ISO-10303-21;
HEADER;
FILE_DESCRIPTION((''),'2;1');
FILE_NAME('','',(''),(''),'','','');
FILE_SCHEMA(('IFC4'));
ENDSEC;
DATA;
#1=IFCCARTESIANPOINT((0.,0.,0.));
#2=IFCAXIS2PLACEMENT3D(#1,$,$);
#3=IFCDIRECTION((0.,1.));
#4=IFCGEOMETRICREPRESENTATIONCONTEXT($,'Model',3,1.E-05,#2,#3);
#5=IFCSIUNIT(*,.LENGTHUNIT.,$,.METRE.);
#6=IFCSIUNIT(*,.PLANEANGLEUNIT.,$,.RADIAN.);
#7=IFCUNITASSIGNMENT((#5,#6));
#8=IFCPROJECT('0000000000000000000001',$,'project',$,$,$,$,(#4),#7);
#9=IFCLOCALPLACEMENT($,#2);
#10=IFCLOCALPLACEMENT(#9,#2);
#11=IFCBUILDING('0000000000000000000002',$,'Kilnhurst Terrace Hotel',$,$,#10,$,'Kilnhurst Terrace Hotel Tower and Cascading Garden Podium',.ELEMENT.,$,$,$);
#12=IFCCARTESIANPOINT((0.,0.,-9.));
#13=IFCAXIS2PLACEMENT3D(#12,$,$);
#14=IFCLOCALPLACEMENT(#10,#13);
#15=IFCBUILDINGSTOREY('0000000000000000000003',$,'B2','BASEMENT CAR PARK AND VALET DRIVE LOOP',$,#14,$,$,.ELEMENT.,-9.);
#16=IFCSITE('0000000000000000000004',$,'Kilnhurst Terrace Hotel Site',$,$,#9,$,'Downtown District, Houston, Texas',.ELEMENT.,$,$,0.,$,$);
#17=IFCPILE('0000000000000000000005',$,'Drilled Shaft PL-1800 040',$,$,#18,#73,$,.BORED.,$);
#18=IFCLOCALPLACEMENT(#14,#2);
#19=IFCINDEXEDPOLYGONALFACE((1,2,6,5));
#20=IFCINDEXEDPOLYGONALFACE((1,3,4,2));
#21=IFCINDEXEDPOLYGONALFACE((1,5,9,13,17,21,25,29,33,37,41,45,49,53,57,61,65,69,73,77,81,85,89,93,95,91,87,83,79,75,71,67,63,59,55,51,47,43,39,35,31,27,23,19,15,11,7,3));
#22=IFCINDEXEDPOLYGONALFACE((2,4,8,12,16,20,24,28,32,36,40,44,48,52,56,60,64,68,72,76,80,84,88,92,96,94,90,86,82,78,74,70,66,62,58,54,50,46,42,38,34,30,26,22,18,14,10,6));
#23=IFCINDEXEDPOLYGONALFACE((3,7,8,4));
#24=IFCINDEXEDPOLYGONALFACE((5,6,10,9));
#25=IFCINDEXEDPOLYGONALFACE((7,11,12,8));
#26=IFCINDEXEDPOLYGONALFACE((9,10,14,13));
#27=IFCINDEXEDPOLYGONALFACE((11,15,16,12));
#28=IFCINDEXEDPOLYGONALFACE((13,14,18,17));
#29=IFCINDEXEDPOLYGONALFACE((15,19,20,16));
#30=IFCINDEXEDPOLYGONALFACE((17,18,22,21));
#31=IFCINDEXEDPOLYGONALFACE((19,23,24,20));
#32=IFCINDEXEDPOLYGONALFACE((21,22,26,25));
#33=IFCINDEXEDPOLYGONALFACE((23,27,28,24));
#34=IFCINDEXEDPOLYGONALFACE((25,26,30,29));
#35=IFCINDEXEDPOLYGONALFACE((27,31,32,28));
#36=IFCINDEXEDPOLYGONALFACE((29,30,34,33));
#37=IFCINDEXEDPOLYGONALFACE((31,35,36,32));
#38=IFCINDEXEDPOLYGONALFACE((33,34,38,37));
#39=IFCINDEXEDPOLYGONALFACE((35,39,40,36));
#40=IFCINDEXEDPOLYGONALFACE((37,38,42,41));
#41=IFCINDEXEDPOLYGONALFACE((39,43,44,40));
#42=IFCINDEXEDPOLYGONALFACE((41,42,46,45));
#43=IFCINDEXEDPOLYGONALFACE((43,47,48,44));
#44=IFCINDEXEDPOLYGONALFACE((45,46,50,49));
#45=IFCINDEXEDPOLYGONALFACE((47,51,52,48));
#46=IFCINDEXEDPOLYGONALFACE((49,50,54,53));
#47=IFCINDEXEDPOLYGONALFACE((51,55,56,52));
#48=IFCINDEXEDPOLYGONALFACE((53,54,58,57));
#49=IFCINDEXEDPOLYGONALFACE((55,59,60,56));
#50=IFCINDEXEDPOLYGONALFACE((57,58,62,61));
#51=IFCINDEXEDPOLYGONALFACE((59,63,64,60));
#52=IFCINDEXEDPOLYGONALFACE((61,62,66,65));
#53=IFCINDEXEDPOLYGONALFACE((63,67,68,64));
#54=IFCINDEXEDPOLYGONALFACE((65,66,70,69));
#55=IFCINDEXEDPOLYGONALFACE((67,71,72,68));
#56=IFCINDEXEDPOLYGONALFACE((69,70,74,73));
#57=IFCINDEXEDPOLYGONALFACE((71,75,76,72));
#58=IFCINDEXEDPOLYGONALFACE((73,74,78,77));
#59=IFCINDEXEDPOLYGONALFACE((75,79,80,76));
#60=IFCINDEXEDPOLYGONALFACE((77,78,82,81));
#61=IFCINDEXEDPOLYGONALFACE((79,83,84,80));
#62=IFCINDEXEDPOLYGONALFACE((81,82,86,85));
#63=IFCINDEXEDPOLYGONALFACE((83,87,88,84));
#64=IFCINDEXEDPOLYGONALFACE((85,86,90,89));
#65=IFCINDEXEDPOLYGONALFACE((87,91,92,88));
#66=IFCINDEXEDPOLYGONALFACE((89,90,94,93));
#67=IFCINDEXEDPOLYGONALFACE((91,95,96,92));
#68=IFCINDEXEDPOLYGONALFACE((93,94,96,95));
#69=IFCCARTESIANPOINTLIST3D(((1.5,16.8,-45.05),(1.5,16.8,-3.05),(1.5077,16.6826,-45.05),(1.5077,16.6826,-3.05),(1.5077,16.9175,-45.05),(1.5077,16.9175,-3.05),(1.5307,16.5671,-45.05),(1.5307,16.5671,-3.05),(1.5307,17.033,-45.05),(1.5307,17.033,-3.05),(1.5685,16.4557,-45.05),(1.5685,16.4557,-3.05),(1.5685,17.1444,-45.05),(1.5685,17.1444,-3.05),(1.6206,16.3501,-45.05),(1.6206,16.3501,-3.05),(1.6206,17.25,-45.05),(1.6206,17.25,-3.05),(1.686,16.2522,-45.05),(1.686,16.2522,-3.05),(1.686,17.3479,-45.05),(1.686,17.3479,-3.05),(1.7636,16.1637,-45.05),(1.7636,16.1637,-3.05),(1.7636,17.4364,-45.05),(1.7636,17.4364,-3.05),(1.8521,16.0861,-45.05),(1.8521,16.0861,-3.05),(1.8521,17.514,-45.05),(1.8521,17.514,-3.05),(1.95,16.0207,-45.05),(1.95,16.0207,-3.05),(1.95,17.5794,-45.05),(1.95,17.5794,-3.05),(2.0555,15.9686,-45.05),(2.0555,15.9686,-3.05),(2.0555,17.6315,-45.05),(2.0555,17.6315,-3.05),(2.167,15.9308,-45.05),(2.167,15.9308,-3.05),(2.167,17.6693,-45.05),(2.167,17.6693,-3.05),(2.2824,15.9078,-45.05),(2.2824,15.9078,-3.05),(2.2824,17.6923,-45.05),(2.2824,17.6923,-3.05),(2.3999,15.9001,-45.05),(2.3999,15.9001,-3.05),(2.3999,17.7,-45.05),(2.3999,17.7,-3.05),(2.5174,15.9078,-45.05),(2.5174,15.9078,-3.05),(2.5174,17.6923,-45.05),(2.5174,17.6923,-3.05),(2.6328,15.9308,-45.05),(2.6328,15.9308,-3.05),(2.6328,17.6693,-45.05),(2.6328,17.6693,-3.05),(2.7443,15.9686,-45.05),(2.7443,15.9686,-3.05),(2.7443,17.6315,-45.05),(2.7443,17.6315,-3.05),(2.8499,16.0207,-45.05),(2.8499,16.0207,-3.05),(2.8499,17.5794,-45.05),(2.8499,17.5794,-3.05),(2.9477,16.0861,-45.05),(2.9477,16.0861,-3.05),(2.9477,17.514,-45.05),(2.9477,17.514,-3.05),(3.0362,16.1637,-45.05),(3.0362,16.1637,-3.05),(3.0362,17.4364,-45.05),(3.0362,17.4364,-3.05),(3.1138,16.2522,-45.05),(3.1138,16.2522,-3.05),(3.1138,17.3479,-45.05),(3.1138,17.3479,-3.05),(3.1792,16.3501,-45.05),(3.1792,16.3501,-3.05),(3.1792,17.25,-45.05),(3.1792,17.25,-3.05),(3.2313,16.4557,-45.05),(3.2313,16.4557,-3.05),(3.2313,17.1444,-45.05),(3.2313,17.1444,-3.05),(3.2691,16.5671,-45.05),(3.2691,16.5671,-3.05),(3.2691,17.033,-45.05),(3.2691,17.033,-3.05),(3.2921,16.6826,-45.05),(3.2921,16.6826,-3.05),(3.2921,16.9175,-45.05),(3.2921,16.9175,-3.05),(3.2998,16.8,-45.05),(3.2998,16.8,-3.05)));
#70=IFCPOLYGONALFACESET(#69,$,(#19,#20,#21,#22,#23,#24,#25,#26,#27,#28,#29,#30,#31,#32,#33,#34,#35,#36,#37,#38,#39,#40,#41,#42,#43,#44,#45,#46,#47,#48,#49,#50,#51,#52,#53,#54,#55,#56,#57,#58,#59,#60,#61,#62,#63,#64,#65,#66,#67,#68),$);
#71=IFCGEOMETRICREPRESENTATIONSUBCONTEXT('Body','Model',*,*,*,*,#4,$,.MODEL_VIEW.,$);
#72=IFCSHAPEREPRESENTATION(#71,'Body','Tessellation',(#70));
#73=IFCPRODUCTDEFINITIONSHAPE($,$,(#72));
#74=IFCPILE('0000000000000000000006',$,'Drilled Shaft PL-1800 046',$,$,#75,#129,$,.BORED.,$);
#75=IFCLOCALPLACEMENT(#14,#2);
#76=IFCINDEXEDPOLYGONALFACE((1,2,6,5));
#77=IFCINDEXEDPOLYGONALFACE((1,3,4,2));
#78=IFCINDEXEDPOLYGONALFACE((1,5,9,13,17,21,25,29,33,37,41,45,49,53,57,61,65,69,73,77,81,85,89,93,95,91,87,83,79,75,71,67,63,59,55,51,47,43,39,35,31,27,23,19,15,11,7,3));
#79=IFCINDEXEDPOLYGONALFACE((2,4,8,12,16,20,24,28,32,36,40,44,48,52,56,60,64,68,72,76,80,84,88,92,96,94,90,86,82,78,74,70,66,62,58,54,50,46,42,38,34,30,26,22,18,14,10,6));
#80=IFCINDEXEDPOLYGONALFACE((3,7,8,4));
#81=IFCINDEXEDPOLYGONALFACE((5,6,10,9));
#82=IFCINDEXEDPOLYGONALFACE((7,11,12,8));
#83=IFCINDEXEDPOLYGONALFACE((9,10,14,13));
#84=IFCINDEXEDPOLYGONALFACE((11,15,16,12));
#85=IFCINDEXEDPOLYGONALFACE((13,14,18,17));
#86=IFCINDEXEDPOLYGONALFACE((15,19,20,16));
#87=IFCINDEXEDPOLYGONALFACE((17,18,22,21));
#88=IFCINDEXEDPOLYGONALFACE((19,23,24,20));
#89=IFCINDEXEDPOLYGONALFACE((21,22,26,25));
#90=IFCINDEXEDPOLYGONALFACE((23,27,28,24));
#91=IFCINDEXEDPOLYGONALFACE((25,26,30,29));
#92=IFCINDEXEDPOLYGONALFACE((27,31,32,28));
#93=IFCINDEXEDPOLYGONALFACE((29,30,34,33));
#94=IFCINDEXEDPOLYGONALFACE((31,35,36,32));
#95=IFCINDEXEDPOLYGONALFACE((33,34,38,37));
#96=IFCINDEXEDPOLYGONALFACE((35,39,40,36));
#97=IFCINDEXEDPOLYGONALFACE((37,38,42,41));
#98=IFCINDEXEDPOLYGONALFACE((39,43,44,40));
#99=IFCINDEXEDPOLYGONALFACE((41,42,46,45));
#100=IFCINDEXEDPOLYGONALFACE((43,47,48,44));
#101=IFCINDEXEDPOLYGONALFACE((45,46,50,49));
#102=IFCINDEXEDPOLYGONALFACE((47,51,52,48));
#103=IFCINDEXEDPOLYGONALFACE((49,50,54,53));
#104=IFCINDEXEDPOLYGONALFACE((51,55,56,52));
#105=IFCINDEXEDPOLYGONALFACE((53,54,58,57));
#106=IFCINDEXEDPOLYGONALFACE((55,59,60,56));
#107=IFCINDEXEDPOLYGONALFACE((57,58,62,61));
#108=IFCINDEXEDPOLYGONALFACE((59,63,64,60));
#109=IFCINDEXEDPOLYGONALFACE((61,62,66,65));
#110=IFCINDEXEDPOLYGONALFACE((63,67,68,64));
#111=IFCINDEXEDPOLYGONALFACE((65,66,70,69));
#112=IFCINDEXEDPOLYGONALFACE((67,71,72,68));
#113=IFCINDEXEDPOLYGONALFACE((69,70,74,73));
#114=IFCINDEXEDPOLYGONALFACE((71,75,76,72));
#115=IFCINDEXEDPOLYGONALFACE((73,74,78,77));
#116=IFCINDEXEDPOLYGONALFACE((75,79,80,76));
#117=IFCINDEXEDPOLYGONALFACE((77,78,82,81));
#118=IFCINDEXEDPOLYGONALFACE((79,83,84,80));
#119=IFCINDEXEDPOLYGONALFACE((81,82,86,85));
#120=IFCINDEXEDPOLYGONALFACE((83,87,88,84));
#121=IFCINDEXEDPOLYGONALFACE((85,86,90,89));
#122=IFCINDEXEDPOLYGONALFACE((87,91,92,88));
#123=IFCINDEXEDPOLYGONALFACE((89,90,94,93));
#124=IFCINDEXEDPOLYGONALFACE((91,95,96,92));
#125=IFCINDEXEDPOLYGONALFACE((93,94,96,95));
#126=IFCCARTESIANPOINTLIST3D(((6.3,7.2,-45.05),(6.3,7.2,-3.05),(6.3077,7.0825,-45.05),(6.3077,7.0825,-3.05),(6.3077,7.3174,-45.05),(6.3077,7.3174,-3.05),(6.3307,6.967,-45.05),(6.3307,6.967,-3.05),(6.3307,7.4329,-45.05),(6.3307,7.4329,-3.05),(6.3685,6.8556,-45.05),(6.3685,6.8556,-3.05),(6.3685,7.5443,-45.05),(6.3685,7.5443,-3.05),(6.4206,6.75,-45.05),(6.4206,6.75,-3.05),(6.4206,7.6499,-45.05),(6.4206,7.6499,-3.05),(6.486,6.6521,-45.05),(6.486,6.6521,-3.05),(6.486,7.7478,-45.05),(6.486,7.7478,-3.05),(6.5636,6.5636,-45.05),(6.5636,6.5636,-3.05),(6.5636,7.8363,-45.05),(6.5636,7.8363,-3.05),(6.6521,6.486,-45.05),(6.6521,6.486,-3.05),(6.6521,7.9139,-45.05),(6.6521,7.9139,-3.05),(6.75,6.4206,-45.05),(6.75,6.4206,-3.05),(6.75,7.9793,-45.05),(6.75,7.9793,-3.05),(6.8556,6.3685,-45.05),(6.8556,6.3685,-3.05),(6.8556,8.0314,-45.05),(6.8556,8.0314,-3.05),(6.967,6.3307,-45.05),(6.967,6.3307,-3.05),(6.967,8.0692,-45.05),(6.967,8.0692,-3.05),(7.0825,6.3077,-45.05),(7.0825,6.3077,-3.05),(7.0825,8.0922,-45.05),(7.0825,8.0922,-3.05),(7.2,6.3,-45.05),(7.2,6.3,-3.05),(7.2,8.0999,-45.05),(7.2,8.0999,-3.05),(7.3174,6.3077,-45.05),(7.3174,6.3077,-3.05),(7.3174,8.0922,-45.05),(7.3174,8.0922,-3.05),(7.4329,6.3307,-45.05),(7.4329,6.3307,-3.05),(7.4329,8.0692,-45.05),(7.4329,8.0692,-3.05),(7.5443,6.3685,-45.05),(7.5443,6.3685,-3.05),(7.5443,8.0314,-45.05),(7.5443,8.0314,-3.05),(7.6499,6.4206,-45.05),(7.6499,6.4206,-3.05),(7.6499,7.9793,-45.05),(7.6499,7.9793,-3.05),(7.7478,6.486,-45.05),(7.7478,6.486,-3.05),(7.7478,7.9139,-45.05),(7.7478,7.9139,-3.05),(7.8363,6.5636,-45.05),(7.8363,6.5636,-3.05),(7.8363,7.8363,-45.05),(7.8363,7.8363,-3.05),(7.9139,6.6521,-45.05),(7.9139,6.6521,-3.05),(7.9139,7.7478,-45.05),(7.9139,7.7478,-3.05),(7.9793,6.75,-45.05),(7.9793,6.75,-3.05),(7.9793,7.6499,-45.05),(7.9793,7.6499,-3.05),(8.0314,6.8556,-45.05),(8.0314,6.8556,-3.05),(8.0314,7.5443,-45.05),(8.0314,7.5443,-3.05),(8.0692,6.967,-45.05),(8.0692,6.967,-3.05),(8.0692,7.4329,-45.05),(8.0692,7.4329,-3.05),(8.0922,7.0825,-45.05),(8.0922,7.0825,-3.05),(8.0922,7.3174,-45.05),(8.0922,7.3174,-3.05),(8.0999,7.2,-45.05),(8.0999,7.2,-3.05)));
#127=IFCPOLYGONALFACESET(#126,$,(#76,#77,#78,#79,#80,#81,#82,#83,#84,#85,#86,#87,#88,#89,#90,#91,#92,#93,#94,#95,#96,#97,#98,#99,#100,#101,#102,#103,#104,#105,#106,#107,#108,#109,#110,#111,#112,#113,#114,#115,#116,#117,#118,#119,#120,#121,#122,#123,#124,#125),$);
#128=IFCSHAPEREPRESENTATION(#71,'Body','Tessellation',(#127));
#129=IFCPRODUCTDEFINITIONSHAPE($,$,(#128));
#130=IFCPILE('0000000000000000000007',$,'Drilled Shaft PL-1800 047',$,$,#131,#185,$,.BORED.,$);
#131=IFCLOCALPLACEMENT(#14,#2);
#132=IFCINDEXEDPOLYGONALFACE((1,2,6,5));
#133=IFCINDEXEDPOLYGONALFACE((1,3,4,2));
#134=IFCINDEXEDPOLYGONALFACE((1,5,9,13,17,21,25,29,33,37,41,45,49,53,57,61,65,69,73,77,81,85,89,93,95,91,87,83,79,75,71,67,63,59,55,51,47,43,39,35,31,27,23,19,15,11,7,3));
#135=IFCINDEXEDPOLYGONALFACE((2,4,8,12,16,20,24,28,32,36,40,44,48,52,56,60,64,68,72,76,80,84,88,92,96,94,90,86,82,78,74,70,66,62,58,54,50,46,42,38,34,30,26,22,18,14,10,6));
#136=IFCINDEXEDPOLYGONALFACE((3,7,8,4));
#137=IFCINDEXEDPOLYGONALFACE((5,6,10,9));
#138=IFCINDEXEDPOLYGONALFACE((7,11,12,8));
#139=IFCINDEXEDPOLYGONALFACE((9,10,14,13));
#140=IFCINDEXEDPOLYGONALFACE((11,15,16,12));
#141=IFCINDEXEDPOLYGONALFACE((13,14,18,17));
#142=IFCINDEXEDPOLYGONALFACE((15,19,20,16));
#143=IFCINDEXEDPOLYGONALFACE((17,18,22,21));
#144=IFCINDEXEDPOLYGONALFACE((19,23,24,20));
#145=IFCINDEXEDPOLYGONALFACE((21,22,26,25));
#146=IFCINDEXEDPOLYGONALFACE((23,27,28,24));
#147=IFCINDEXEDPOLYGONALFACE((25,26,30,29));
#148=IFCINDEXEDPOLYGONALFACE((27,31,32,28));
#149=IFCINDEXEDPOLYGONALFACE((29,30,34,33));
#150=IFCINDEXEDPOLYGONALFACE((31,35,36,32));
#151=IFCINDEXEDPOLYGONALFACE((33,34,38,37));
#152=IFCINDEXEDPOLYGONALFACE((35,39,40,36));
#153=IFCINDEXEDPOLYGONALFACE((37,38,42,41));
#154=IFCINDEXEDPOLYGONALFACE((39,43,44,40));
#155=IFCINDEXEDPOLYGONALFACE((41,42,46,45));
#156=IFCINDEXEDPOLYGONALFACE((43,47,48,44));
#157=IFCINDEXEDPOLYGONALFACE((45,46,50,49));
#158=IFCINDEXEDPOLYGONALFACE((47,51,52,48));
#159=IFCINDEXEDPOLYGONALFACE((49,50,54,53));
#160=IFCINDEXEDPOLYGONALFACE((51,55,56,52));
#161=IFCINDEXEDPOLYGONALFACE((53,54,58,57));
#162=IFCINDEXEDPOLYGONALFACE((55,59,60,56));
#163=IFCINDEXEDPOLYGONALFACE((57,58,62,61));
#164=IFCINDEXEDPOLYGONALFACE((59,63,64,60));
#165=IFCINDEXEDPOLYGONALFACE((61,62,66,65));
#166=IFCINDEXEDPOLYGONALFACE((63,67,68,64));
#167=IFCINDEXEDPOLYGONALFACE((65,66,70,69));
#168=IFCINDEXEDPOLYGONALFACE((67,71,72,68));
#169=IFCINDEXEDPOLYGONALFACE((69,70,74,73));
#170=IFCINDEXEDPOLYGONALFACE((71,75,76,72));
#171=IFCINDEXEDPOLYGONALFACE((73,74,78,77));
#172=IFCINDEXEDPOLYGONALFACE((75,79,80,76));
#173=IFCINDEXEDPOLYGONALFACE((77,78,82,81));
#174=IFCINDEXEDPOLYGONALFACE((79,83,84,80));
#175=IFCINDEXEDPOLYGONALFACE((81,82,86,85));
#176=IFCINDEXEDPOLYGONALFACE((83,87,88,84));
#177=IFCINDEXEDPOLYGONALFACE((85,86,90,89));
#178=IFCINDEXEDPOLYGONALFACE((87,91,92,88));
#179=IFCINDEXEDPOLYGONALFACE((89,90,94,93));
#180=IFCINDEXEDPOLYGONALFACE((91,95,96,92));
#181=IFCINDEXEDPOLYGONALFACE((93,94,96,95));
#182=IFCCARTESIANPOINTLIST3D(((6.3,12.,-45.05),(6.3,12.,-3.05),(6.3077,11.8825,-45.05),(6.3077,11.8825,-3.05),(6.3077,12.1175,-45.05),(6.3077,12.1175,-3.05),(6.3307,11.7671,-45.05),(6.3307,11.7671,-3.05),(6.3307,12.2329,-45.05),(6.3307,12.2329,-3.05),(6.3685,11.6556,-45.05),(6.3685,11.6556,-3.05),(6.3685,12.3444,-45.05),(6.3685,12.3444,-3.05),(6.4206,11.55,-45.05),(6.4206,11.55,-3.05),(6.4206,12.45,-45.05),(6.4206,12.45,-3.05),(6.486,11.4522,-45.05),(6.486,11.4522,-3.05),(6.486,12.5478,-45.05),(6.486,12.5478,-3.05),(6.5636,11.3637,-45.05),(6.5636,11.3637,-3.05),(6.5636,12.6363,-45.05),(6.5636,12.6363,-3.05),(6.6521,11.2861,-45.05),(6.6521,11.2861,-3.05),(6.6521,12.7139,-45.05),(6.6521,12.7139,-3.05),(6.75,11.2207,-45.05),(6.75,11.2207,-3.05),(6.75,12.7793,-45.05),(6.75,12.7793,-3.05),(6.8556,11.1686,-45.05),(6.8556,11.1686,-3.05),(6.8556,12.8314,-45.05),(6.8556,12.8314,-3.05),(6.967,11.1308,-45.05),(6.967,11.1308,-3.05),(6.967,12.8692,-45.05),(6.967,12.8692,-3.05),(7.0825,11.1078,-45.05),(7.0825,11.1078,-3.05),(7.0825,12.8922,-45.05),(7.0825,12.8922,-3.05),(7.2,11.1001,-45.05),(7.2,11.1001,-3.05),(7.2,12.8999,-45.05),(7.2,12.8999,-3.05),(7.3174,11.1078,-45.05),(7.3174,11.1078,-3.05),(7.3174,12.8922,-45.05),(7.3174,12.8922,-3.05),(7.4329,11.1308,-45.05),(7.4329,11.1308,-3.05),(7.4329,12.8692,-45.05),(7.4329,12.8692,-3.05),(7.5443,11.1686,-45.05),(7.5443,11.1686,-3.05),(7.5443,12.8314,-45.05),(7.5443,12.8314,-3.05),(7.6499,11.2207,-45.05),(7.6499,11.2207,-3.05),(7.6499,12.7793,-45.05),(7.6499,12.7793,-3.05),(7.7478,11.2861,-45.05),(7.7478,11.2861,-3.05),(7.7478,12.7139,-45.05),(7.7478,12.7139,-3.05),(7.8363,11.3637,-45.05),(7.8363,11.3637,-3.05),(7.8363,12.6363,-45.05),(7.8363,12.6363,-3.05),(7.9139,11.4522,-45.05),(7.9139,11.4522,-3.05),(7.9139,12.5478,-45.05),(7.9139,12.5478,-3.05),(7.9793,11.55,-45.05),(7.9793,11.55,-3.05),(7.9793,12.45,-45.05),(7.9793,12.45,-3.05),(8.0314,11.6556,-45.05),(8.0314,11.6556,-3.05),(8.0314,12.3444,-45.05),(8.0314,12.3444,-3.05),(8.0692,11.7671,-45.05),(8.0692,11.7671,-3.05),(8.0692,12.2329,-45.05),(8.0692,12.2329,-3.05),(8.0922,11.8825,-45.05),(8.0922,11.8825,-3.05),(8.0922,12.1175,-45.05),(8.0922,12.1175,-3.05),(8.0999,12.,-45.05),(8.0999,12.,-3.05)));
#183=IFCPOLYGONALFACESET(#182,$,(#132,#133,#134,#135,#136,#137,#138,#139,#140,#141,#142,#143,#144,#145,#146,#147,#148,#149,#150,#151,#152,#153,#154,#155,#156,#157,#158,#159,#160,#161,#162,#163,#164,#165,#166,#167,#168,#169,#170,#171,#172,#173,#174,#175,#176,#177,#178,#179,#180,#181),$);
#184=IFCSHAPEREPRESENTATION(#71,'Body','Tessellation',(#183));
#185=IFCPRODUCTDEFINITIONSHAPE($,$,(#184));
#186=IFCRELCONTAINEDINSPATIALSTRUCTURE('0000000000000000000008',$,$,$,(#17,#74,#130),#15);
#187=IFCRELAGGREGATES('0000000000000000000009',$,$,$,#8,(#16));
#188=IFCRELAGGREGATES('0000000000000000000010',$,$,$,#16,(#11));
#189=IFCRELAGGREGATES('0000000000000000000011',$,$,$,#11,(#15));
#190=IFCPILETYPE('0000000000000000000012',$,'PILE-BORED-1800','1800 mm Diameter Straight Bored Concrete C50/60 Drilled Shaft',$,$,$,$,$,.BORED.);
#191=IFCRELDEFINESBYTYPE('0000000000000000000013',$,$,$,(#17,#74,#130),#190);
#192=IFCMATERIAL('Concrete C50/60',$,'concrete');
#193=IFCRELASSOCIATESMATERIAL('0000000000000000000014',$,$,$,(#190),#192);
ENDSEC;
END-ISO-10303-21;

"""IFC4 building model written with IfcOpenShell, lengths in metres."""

from ifc_helpers import new_model, si_unit, direction, frame, origin, origin_2d, place, context, subcontext, project, spatial, circle, extrude, material, material_profile, profile_set, type_object, element, save


model = new_model("IFC4")

# Units and contexts
model_context = context("Model", 3, precision=1e-05, world=origin(), true_north=direction((0.0, 1.0)))
body_context = subcontext(model_context, "Body", "Model", "MODEL_VIEW")
ifc_project = project(units=[si_unit("LENGTHUNIT", "METRE"), si_unit("PLANEANGLEUNIT", "RADIAN")], contexts=[model_context])

# Site, building, storey
site_placement = place(None, origin())
site = spatial("IfcSite", under=ifc_project, at=site_placement, Name="Kilnhurst Terrace Hotel Site", LongName="Downtown District, Houston, Texas", CompositionType="ELEMENT", RefElevation=0.0)
building_placement = place(site_placement, origin())
building = spatial("IfcBuilding", under=site, at=building_placement, Name="Kilnhurst Terrace Hotel", LongName="Kilnhurst Terrace Hotel Tower and Cascading Garden Podium", CompositionType="ELEMENT")
storey_placement = place(building_placement, frame((0.0, 0.0, -9.0)))
storey = spatial("IfcBuildingStorey", under=building, at=storey_placement, Name="B2", Description="BASEMENT CAR PARK AND VALET DRIVE LOOP", CompositionType="ELEMENT", Elevation=-9.0)

# Piles
ifc_material_1 = material(Name="Concrete C50/60", Category="concrete")
ifc_material_profile_1 = material_profile(ifc_material_1, circle(Radius=0.8999, at=origin_2d()), Name="PILE1800")
ifc_profile_set_1 = profile_set([ifc_material_profile_1], Name="Concrete C50/60")
pile_type_1 = type_object("IfcPileType", Name="PILE-BORED-1800", Description="1800 mm Diameter Straight Bored Concrete C50/60 Drilled Shaft", PredefinedType="BORED", material=ifc_profile_set_1)
for number, where, z_axis, x_axis, name in (
    (1, (2.3999, 16.8, -3.05), (0.0, 0.0, -1.0), (1.0, 0.0, 0.0), "Drilled Shaft PL-1800 040"),
    (2, (7.2, 7.2, -3.05), (0.0, 0.0, -1.0), (1.0, 0.0, 0.0), "Drilled Shaft PL-1800 046"),
    (3, (7.2, 12.0, -3.05), (0.0, 0.0, -1.0), (1.0, 0.0, 0.0), "Drilled Shaft PL-1800 047"),
):
    element("IfcPile", number, at=place(storey_placement, frame(where, z_axis=z_axis, x_axis=x_axis)), inside=storey, type_object=pile_type_1, Name=name, PredefinedType="BORED", context=body_context, shape_type="SweptSolid", body=[
        extrude(circle(Radius=0.8999, at=origin_2d()), origin(), (0.0, 0.0, 1.0), 42.0),
    ])

save(model, "model.ifc")
